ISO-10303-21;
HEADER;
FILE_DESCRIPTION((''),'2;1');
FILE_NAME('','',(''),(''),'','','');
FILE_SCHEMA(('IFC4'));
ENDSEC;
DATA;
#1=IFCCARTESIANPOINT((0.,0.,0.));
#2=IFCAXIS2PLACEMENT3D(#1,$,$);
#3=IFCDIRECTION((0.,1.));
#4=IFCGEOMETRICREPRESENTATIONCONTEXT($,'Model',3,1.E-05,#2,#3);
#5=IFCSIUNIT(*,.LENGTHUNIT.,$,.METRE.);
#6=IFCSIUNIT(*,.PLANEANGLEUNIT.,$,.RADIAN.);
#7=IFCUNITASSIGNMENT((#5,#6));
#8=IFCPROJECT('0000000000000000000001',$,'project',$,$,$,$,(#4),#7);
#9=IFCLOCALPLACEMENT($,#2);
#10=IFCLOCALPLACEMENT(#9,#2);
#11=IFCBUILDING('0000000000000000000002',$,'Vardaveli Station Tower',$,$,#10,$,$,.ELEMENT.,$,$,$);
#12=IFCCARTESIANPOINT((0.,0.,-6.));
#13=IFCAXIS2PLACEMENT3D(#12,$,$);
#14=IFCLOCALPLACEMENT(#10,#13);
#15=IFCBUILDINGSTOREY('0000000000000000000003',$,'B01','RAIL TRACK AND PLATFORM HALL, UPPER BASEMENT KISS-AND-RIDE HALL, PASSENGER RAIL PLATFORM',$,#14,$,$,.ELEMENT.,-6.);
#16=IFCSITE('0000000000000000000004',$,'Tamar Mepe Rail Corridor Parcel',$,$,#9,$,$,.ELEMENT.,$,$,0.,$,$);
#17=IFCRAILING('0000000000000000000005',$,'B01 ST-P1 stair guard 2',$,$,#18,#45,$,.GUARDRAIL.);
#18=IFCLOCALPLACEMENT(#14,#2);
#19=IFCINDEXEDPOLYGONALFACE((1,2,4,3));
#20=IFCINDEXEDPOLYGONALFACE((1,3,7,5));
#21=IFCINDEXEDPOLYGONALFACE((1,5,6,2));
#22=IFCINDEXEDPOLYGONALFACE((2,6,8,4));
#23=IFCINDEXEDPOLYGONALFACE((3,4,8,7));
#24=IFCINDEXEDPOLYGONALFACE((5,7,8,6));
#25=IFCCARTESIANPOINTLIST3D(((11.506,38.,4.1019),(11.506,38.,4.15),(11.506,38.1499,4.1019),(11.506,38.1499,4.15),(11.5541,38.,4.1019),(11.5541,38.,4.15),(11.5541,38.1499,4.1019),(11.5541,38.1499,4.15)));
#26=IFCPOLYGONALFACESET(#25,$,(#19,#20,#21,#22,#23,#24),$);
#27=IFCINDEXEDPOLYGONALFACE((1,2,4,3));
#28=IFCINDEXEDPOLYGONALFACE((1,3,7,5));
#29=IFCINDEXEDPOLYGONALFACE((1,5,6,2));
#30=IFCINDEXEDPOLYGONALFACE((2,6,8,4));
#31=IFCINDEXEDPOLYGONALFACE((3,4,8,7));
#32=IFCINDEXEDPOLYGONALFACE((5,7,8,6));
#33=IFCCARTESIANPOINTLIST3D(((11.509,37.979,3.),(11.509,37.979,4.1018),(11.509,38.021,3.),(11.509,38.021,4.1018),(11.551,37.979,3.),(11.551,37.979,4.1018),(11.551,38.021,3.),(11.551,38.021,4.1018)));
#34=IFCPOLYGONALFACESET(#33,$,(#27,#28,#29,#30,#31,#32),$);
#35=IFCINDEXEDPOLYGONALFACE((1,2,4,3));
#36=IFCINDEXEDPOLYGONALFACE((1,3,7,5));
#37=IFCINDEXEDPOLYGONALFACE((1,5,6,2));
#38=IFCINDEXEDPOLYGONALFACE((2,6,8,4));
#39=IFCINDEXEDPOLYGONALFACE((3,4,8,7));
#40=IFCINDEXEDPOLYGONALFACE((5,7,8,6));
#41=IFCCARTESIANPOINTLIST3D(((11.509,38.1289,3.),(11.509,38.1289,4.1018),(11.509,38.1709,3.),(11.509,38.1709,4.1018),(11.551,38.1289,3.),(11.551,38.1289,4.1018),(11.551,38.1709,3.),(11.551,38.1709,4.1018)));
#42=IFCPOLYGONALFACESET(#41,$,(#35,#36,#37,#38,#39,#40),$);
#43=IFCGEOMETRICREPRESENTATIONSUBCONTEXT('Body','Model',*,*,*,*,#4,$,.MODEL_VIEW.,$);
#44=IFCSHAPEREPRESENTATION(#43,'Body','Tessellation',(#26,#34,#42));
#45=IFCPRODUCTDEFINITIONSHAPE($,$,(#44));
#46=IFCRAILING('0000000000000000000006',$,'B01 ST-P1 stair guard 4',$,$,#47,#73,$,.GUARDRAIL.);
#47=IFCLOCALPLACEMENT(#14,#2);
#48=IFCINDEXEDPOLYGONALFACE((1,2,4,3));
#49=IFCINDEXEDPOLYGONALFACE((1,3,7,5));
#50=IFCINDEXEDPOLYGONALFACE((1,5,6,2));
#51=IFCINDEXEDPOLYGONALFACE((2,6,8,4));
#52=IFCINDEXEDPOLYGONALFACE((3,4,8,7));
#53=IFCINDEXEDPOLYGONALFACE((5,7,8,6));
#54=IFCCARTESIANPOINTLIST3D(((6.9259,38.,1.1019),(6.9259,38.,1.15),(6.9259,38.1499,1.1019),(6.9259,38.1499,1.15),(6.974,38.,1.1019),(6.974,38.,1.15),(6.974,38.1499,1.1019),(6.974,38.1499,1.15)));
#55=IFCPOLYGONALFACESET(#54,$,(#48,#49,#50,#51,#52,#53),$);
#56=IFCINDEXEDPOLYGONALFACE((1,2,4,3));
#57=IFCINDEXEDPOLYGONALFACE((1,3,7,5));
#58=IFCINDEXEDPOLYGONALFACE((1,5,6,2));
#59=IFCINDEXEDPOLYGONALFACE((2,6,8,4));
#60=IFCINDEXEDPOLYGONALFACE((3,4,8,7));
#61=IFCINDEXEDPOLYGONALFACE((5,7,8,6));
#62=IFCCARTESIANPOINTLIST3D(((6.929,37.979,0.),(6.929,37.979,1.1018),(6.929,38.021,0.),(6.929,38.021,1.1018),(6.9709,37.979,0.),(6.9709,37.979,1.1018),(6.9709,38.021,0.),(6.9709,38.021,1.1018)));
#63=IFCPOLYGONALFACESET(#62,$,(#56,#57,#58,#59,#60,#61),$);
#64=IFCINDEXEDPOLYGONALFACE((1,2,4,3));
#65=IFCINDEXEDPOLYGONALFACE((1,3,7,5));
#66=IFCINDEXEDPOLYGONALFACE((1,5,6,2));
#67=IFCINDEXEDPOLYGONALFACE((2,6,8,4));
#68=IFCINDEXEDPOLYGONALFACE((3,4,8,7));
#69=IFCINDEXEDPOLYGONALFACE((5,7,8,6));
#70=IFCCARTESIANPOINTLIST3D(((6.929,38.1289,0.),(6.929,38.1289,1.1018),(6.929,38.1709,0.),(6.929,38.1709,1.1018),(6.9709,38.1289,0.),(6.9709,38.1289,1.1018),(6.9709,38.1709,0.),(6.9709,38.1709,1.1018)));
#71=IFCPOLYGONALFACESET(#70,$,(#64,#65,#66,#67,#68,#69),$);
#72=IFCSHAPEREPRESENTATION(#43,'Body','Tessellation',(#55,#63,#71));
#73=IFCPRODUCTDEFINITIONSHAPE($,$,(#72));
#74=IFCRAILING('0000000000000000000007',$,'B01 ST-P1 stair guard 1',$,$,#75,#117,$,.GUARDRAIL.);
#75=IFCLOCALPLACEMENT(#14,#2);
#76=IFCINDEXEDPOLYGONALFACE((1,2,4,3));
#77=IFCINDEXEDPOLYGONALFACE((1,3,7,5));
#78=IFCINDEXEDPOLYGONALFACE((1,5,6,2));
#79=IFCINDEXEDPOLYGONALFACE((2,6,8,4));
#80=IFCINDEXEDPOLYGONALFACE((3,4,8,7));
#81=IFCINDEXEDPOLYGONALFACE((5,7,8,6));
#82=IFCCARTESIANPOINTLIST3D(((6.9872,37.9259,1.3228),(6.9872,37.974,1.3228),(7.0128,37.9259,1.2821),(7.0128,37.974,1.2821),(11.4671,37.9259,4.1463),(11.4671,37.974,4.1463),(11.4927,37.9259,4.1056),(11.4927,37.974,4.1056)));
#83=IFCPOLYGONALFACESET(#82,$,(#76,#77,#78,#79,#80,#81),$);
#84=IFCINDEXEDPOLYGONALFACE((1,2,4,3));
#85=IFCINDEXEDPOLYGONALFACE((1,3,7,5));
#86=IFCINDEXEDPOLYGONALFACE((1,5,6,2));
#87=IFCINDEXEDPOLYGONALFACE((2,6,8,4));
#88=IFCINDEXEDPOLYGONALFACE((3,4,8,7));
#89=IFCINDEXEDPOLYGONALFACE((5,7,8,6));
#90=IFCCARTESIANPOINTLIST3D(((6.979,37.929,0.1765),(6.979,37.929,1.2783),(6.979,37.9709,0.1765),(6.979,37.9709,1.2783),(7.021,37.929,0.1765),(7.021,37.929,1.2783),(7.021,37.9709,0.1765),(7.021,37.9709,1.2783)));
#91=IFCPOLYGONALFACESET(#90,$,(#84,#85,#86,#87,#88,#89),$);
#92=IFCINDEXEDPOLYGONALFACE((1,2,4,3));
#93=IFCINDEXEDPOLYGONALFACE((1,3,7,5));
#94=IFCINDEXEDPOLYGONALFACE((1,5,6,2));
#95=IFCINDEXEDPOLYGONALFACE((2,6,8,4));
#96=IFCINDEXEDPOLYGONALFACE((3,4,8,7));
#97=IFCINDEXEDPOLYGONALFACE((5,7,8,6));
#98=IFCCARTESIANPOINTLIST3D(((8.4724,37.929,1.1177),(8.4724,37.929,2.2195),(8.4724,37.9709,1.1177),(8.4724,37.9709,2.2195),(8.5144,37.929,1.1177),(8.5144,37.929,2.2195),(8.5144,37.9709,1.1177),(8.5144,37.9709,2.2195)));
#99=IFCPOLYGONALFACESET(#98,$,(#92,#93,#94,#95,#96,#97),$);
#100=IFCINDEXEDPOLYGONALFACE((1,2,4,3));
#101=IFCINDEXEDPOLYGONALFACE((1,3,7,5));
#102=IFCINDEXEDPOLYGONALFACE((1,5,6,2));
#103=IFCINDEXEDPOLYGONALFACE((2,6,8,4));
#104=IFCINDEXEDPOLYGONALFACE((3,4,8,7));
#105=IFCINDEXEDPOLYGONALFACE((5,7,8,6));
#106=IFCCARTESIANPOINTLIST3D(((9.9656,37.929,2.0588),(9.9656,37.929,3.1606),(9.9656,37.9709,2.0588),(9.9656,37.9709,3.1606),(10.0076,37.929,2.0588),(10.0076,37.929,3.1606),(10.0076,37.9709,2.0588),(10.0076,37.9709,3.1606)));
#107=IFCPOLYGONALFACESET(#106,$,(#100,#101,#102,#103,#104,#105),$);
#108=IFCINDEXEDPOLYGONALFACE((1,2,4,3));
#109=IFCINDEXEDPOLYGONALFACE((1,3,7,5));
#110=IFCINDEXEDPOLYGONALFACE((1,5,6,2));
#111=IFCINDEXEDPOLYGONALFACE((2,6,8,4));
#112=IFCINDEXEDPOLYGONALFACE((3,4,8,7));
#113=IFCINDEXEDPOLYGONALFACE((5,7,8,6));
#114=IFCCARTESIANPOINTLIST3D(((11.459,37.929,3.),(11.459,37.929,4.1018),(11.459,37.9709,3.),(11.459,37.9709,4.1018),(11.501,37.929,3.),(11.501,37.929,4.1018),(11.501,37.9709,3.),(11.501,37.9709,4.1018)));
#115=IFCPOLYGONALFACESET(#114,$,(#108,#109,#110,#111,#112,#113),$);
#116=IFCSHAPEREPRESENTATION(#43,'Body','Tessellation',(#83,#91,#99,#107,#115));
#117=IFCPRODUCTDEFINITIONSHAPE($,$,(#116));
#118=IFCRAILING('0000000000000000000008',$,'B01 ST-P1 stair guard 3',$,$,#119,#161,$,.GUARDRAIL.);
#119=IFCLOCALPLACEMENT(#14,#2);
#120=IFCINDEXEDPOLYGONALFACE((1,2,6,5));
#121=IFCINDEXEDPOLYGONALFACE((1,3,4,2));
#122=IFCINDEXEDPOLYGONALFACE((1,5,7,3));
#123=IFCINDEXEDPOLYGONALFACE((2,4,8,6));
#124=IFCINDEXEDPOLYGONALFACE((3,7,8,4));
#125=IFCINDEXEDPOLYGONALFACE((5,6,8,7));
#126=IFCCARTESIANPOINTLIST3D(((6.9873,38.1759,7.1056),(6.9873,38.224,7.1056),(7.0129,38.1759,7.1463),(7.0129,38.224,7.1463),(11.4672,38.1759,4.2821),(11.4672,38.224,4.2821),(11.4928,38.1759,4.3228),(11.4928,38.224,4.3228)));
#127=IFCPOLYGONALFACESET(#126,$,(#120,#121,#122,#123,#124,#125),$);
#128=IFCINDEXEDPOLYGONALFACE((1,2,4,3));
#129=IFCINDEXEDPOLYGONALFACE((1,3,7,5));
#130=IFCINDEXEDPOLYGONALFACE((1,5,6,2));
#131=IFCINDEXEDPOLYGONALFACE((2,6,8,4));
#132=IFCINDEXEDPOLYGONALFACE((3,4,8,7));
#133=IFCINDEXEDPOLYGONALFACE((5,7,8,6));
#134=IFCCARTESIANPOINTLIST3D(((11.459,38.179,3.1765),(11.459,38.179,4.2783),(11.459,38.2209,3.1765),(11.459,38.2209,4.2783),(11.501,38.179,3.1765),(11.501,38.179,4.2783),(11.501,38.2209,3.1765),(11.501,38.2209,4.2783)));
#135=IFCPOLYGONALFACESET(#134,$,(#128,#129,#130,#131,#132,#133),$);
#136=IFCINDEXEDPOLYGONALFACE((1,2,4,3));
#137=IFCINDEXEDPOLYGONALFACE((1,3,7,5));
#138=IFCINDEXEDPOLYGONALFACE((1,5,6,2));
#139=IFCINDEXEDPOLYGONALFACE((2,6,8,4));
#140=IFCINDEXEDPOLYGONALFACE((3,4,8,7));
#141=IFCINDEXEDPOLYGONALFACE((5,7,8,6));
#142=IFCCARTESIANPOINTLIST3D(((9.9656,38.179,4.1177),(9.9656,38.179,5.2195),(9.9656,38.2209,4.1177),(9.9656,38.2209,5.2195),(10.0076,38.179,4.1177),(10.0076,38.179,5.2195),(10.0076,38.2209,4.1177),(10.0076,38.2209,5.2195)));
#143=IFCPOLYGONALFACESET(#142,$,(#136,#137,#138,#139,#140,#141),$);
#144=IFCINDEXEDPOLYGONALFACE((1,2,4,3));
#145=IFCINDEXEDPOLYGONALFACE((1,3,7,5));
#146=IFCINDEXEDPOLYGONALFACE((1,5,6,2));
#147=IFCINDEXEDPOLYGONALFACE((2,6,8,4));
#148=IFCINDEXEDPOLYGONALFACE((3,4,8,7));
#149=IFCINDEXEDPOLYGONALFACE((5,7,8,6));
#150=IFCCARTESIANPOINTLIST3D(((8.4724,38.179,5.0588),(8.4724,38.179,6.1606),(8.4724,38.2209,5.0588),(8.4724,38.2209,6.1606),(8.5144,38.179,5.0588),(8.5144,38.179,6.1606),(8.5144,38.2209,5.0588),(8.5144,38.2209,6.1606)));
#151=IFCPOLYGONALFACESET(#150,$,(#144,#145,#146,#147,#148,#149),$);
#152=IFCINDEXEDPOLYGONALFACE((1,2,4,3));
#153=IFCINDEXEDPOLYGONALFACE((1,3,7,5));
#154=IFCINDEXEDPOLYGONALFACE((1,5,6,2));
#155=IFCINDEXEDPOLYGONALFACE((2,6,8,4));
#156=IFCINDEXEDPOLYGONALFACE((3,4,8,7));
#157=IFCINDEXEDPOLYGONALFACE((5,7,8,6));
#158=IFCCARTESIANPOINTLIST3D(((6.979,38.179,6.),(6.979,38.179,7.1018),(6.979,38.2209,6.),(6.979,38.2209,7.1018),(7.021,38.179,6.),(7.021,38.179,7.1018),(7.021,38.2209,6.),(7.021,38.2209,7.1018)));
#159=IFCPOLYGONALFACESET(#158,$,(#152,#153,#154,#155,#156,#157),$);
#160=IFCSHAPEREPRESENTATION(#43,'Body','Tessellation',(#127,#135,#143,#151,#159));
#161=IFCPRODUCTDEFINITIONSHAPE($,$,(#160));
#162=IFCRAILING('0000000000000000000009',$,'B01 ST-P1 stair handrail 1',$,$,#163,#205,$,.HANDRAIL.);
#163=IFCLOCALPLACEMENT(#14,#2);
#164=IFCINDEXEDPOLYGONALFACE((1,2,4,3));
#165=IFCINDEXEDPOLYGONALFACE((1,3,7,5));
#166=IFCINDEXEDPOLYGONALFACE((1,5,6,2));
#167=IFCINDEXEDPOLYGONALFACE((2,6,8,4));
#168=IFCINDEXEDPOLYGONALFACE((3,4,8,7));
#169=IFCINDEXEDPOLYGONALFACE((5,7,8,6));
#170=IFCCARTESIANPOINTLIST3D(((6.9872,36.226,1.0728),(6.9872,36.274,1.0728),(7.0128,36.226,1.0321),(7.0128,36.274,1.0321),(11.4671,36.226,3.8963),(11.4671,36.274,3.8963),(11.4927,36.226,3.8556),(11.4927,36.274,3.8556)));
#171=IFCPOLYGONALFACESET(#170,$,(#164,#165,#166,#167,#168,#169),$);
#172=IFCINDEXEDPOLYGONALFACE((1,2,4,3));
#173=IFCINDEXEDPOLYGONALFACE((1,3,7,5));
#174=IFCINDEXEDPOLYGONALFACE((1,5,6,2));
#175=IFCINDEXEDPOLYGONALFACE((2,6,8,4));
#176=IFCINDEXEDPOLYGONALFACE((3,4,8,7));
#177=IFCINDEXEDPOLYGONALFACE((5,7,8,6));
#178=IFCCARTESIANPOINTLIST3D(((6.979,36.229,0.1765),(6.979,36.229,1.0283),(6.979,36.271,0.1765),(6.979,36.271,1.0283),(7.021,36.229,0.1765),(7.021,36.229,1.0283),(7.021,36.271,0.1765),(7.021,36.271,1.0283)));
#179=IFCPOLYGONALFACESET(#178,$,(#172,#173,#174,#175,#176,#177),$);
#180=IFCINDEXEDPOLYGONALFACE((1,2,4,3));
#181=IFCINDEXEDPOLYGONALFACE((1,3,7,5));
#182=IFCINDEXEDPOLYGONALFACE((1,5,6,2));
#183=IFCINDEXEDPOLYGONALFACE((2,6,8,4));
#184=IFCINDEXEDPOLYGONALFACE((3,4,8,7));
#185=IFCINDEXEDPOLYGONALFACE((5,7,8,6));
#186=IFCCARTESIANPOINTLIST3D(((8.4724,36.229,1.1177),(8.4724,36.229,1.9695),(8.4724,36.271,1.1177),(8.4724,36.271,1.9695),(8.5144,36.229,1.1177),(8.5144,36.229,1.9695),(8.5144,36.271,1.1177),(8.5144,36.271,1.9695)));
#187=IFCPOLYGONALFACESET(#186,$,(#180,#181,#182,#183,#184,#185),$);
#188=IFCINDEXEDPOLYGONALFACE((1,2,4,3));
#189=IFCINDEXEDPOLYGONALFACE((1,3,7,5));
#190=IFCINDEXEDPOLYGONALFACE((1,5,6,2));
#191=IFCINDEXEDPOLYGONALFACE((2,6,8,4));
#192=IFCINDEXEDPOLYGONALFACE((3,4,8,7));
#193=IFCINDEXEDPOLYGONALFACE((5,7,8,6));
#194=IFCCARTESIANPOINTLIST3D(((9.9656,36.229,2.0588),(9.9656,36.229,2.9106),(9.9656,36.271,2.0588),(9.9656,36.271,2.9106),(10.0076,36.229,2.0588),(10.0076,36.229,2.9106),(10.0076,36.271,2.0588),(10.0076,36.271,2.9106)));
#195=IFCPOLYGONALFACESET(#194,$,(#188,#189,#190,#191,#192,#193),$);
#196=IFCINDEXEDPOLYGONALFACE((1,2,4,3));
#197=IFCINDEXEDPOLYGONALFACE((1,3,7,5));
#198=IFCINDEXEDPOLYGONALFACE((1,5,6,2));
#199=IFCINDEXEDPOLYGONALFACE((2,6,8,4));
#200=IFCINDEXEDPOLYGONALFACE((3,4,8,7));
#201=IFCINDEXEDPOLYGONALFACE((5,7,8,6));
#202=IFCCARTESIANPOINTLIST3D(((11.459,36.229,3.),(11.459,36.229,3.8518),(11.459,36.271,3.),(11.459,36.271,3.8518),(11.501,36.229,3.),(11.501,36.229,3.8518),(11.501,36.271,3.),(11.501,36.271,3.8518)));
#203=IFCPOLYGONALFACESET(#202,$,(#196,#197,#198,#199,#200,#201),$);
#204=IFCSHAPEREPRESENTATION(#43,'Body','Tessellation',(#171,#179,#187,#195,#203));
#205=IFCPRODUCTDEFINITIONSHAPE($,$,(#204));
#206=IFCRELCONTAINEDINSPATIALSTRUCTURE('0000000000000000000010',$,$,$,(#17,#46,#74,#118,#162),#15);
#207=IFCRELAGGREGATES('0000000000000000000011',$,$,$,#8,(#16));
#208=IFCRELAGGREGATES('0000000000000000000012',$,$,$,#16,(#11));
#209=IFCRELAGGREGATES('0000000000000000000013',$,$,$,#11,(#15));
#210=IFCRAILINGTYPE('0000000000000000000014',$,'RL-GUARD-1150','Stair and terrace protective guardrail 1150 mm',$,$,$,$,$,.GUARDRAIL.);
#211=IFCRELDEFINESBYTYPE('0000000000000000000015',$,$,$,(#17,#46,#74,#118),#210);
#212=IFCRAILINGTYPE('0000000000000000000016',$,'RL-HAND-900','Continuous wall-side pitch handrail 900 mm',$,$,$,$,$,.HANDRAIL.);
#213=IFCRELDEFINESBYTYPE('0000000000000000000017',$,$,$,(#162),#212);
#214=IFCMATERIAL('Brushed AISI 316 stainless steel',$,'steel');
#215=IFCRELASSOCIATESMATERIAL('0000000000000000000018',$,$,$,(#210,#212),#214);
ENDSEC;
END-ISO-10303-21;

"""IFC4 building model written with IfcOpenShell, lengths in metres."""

from ifc_helpers import new_model, si_unit, direction, frame, origin, origin_2d, place, context, subcontext, project, spatial, rectangle, extrude, source, transform, mapped, material, type_object, element, save


model = new_model("IFC4")

# Units and contexts
model_context = context("Model", 3, precision=1e-05, world=origin(), true_north=direction((0.0, 1.0)))
body_context = subcontext(model_context, "Body", "Model", "MODEL_VIEW")
ifc_project = project(units=[si_unit("LENGTHUNIT", "METRE"), si_unit("PLANEANGLEUNIT", "RADIAN")], contexts=[model_context])

# Site, building, storey
site_placement = place(None, origin())
site = spatial("IfcSite", under=ifc_project, at=site_placement, Name="Tamar Mepe Rail Corridor Parcel", CompositionType="ELEMENT", RefElevation=0.0)
building_placement = place(site_placement, origin())
building = spatial("IfcBuilding", under=site, at=building_placement, Name="Vardaveli Station Tower", CompositionType="ELEMENT")
storey_placement = place(building_placement, frame((0.0, 0.0, -6.0)))
storey = spatial("IfcBuildingStorey", under=building, at=storey_placement, Name="B01", Description="RAIL TRACK AND PLATFORM HALL, UPPER BASEMENT KISS-AND-RIDE HALL, PASSENGER RAIL PLATFORM", CompositionType="ELEMENT", Elevation=-6.0)

# Railings
ifc_material_1 = material(Name="Brushed AISI 316 stainless steel", Category="steel")
railing_type_1 = type_object("IfcRailingType", Name="RL-GUARD-1150", Description="Stair and terrace protective guardrail 1150 mm", PredefinedType="GUARDRAIL", material=ifc_material_1)
shared_shape_1 = source(origin(), body_context, "Body", "SweptSolid", [
    extrude(rectangle(XDim=0.0481, YDim=0.0481, at=origin_2d()), frame((0.0, 0.0, 1.126), z_axis=(0.0, 1.0, 0.0), x_axis=(-1.0, 0.0, 0.0)), (0.0, 0.0, 1.0), 0.1499),
    extrude(rectangle(XDim=0.042, YDim=0.042, at=origin_2d()), origin(), (0.0, 0.0, 1.0), 1.1018),
    extrude(rectangle(XDim=0.042, YDim=0.042, at=origin_2d()), frame((0.0, 0.1499, 0.0)), (0.0, 0.0, 1.0), 1.1018),
])
for number, where, name in (
    (1, (11.53, 38.0, 3.0), "B01 ST-P1 stair guard 2"),
    (2, (6.95, 38.0, 0.0), "B01 ST-P1 stair guard 4"),
):
    element("IfcRailing", number, at=place(storey_placement, frame(where)), inside=storey, type_object=railing_type_1, Name=name, PredefinedType="GUARDRAIL", context=body_context, shape_type="MappedRepresentation", body=[
        mapped(shared_shape_1, transform((0.0, 0.0, 0.0), scale=1.0)),
    ])
shared_shape_2 = source(origin(), body_context, "Body", "SweptSolid", [
    extrude(rectangle(XDim=0.0481, YDim=0.0481, at=origin_2d()), frame((0.0, 0.0, 1.126), z_axis=(0.845998, 0.0, 0.533186), x_axis=(0.0, 1.0, 0.0)), (0.0, 0.0, 1.0), 5.2954),
    extrude(rectangle(XDim=0.042, YDim=0.042, at=origin_2d()), origin(), (0.0, 0.0, 1.0), 1.1018),
    extrude(rectangle(XDim=0.042, YDim=0.042, at=origin_2d()), frame((1.4934, 0.0, 0.9412)), (0.0, 0.0, 1.0), 1.1018),
    extrude(rectangle(XDim=0.042, YDim=0.042, at=origin_2d()), frame((2.9866, 0.0, 1.8823)), (0.0, 0.0, 1.0), 1.1018),
    extrude(rectangle(XDim=0.042, YDim=0.042, at=origin_2d()), frame((4.48, 0.0, 2.8235)), (0.0, 0.0, 1.0), 1.1018),
])
railing_1_placement = place(storey_placement, frame((7.0, 37.95, 0.1765)))
element("IfcRailing", 3, at=railing_1_placement, inside=storey, type_object=railing_type_1, Name="B01 ST-P1 stair guard 1", PredefinedType="GUARDRAIL", context=body_context, shape_type="MappedRepresentation", body=[
    mapped(shared_shape_2, transform((0.0, 0.0, 0.0), scale=1.0)),
])
shared_shape_3 = source(origin(), body_context, "Body", "SweptSolid", [
    extrude(rectangle(XDim=0.0481, YDim=0.0481, at=origin_2d()), frame((0.0, 0.0, 1.126), z_axis=(-0.845998, 0.0, 0.533186), x_axis=(0.0, -1.0, 0.0)), (0.0, 0.0, 1.0), 5.2954),
    extrude(rectangle(XDim=0.042, YDim=0.042, at=origin_2d()), origin(), (0.0, 0.0, 1.0), 1.1018),
    extrude(rectangle(XDim=0.042, YDim=0.042, at=origin_2d()), frame((-1.4934, 0.0, 0.9412)), (0.0, 0.0, 1.0), 1.1018),
    extrude(rectangle(XDim=0.042, YDim=0.042, at=origin_2d()), frame((-2.9866, 0.0, 1.8823)), (0.0, 0.0, 1.0), 1.1018),
    extrude(rectangle(XDim=0.042, YDim=0.042, at=origin_2d()), frame((-4.48, 0.0, 2.8235)), (0.0, 0.0, 1.0), 1.1018),
])
railing_2_placement = place(storey_placement, frame((11.48, 38.2, 3.1765)))
element("IfcRailing", 4, at=railing_2_placement, inside=storey, type_object=railing_type_1, Name="B01 ST-P1 stair guard 3", PredefinedType="GUARDRAIL", context=body_context, shape_type="MappedRepresentation", body=[
    mapped(shared_shape_3, transform((0.0, 0.0, 0.0), scale=1.0)),
])
railing_type_2 = type_object("IfcRailingType", Name="RL-HAND-900", Description="Continuous wall-side pitch handrail 900 mm", PredefinedType="HANDRAIL", material=ifc_material_1)
shared_shape_4 = source(origin(), body_context, "Body", "SweptSolid", [
    extrude(rectangle(XDim=0.0481, YDim=0.0481, at=origin_2d()), frame((0.0, 0.0, 0.876), z_axis=(0.845998, 0.0, 0.533186), x_axis=(0.0, 1.0, 0.0)), (0.0, 0.0, 1.0), 5.2954),
    extrude(rectangle(XDim=0.042, YDim=0.042, at=origin_2d()), origin(), (0.0, 0.0, 1.0), 0.8518),
    extrude(rectangle(XDim=0.042, YDim=0.042, at=origin_2d()), frame((1.4934, 0.0, 0.9412)), (0.0, 0.0, 1.0), 0.8518),
    extrude(rectangle(XDim=0.042, YDim=0.042, at=origin_2d()), frame((2.9866, 0.0, 1.8823)), (0.0, 0.0, 1.0), 0.8518),
    extrude(rectangle(XDim=0.042, YDim=0.042, at=origin_2d()), frame((4.48, 0.0, 2.8235)), (0.0, 0.0, 1.0), 0.8518),
])
railing_3_placement = place(storey_placement, frame((7.0, 36.25, 0.1765)))
element("IfcRailing", 5, at=railing_3_placement, inside=storey, type_object=railing_type_2, Name="B01 ST-P1 stair handrail 1", PredefinedType="HANDRAIL", context=body_context, shape_type="MappedRepresentation", body=[
    mapped(shared_shape_4, transform((0.0, 0.0, 0.0), scale=1.0)),
])

save(model, "model.ifc")
